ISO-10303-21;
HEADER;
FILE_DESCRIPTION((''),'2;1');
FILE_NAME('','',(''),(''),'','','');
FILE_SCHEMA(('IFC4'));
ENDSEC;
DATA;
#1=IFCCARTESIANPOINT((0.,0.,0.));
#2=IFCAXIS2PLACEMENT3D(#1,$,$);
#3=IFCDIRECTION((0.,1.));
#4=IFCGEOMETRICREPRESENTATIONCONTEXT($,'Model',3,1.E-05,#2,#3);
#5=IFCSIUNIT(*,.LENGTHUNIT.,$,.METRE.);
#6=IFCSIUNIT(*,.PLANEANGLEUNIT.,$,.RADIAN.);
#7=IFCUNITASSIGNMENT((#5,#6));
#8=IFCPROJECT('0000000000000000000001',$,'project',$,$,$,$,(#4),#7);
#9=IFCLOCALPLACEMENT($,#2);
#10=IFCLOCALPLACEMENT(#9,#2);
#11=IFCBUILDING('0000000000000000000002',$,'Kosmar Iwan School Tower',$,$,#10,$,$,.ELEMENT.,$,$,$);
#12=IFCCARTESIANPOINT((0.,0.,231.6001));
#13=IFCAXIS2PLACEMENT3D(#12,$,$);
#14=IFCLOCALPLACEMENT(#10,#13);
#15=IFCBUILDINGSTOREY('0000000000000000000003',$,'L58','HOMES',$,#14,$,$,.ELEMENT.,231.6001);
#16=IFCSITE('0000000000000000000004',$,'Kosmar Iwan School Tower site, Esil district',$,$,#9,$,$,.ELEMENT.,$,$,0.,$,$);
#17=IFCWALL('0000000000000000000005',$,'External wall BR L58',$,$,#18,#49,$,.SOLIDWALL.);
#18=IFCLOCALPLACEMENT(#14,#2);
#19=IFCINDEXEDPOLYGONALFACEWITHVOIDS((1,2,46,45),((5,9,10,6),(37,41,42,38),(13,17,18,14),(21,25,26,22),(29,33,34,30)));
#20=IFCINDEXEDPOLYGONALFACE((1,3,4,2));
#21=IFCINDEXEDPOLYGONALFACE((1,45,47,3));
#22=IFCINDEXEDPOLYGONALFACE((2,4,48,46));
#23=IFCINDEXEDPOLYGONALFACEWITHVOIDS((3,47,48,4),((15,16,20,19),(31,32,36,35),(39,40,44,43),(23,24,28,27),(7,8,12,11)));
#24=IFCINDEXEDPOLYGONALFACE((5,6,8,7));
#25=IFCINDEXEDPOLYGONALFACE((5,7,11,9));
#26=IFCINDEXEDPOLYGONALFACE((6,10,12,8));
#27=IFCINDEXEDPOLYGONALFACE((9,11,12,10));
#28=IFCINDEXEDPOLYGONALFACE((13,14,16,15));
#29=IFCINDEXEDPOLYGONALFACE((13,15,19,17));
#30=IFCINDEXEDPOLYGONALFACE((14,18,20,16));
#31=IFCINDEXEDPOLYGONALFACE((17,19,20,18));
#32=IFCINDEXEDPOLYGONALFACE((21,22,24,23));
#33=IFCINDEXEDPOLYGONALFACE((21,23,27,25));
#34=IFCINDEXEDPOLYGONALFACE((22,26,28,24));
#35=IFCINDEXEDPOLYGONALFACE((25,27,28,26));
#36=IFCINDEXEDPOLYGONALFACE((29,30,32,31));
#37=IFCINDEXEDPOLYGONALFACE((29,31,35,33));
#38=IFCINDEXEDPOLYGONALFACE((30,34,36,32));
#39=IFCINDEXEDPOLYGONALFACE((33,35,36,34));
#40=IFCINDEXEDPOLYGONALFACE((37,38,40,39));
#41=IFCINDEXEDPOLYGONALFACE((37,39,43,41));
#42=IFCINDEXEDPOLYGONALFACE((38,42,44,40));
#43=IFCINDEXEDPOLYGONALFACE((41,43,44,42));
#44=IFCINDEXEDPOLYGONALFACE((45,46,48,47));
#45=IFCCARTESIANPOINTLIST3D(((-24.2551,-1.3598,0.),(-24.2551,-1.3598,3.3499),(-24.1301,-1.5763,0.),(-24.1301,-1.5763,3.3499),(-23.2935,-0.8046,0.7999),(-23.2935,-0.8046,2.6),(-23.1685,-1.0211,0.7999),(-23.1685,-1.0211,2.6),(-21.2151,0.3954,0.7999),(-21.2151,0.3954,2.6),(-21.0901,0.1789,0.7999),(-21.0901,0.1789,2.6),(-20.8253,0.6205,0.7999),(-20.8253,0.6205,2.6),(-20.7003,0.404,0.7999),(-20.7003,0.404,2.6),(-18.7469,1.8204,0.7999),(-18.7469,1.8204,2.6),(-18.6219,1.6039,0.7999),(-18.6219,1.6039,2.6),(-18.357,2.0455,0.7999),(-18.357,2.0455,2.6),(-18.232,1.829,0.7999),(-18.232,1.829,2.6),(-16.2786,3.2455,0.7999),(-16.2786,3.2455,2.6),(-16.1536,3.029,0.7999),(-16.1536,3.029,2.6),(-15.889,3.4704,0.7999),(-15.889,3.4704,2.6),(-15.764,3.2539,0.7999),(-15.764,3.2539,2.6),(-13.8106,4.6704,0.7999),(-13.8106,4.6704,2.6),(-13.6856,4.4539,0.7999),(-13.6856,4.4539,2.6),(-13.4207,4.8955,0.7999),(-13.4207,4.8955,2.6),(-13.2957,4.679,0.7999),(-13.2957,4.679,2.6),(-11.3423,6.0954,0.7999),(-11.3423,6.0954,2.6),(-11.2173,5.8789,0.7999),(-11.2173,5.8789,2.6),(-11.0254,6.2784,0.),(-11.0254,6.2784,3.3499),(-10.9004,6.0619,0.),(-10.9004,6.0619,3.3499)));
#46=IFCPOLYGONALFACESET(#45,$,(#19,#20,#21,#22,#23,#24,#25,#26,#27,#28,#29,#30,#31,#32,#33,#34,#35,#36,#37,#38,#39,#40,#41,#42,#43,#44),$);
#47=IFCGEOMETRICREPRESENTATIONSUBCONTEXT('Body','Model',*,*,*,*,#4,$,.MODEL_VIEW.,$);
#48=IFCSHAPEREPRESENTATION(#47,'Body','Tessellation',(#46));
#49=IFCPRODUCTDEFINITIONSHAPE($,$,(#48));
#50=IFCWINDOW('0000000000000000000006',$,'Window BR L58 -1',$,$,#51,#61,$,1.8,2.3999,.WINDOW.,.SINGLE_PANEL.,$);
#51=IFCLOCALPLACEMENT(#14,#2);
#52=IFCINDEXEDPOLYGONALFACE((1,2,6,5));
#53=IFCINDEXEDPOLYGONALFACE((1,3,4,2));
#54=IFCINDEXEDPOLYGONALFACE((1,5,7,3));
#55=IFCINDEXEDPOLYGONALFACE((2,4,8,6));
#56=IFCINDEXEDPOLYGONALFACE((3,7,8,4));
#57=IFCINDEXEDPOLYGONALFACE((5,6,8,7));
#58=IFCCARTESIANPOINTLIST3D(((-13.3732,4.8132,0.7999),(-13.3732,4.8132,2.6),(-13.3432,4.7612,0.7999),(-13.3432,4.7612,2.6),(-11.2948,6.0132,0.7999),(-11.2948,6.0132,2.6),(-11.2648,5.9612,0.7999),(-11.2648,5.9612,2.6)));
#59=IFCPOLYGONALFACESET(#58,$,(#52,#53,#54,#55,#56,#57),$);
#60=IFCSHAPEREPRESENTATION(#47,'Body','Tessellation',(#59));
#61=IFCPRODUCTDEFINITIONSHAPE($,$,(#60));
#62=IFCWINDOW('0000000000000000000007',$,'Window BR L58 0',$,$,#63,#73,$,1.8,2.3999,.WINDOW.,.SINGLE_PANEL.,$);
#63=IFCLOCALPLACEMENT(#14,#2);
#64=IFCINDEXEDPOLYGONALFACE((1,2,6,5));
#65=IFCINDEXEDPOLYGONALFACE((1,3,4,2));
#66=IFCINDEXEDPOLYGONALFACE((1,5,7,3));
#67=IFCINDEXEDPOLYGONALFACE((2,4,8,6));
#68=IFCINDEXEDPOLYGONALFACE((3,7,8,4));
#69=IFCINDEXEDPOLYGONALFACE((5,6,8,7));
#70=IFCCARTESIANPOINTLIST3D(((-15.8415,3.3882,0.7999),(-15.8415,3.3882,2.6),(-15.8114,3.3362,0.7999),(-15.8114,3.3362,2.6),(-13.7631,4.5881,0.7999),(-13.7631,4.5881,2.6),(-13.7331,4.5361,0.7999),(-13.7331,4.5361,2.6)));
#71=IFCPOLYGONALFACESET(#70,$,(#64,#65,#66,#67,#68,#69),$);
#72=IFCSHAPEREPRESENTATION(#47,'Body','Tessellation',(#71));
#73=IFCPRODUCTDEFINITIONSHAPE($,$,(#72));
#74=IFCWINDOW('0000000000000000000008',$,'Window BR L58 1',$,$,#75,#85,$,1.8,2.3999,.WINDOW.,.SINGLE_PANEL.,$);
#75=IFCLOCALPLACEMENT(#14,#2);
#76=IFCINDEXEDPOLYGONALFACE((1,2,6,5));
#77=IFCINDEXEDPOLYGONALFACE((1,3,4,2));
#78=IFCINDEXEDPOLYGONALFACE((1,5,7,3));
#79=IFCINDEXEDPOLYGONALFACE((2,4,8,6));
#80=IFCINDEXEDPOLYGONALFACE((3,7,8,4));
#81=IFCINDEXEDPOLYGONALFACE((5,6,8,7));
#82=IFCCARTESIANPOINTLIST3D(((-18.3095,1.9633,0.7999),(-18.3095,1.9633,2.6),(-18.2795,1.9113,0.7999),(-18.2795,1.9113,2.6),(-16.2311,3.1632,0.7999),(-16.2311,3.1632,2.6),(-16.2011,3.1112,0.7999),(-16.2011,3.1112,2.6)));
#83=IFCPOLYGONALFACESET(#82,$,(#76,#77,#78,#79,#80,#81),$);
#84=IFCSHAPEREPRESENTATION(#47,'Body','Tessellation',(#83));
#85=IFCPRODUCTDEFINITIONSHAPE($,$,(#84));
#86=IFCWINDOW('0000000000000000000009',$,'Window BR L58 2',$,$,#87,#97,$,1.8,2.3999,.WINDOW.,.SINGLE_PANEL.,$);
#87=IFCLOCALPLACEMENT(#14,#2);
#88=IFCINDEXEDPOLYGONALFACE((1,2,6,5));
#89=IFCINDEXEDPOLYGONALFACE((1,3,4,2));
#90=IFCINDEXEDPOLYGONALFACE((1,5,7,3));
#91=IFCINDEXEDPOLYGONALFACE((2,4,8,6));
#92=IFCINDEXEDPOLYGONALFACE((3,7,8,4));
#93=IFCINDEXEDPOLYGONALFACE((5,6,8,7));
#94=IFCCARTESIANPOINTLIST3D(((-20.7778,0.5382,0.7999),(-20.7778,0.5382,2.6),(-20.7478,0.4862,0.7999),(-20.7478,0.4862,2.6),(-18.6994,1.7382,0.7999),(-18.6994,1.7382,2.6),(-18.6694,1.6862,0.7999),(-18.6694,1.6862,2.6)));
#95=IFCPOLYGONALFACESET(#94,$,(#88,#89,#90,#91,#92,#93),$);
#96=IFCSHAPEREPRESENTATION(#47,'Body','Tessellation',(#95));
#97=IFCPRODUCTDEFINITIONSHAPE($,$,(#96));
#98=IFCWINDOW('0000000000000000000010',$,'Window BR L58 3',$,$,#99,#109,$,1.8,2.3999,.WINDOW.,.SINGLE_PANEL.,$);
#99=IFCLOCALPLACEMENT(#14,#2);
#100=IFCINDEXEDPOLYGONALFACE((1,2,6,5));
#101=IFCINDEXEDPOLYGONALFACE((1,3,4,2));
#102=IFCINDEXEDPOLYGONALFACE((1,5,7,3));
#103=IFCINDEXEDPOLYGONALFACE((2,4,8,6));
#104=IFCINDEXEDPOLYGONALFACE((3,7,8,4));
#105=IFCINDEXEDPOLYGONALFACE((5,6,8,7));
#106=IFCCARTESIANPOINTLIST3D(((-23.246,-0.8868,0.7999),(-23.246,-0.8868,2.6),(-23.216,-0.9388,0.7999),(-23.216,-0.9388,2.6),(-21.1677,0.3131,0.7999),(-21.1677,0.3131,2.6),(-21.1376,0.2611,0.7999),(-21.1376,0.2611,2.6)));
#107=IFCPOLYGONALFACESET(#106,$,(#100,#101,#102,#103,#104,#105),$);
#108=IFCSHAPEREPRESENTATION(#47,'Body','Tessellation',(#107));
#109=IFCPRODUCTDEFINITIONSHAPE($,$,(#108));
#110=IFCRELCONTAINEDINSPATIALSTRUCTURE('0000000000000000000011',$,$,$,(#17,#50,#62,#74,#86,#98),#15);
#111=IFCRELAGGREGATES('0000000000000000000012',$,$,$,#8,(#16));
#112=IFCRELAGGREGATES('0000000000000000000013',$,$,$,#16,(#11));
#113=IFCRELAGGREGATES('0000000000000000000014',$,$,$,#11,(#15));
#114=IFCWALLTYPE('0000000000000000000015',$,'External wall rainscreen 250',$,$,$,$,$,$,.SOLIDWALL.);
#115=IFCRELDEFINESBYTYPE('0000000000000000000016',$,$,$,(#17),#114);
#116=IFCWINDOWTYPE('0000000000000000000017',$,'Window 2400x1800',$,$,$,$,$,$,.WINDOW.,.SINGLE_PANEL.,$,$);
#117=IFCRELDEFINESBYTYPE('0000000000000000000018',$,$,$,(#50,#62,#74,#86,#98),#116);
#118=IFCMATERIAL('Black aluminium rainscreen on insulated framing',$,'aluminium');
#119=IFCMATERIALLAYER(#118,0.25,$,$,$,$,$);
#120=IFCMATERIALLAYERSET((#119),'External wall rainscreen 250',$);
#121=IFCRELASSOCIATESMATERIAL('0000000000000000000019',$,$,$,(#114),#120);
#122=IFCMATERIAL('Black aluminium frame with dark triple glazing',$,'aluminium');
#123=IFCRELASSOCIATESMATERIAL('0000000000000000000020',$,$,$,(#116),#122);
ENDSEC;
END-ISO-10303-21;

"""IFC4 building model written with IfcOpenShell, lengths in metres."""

from ifc_helpers import new_model, si_unit, direction, frame, frame_2d, origin, place, context, subcontext, project, spatial, rectangle, extrude, material, layer, layer_set, type_object, element, fill, save


model = new_model("IFC4")

# Units and contexts
model_context = context("Model", 3, precision=1e-05, world=origin(), true_north=direction((0.0, 1.0)))
body_context = subcontext(model_context, "Body", "Model", "MODEL_VIEW")
ifc_project = project(units=[si_unit("LENGTHUNIT", "METRE"), si_unit("PLANEANGLEUNIT", "RADIAN")], contexts=[model_context])

# Site, building, storey
site_placement = place(None, origin())
site = spatial("IfcSite", under=ifc_project, at=site_placement, Name="Kosmar Iwan School Tower site, Esil district", CompositionType="ELEMENT", RefElevation=0.0)
building_placement = place(site_placement, origin())
building = spatial("IfcBuilding", under=site, at=building_placement, Name="Kosmar Iwan School Tower", CompositionType="ELEMENT")
storey_placement = place(building_placement, frame((0.0, 0.0, 231.6001)))
storey = spatial("IfcBuildingStorey", under=building, at=storey_placement, Name="L58", Description="HOMES", CompositionType="ELEMENT", Elevation=231.6001)

# Wall, openings, windows
ifc_material_1 = material(Name="Black aluminium rainscreen on insulated framing", Category="aluminium")
ifc_layer_1 = layer(ifc_material_1, 0.25)
ifc_layer_set_1 = layer_set([ifc_layer_1], Name="External wall rainscreen 250")
wall_type_1 = type_object("IfcWallType", Name="External wall rainscreen 250", PredefinedType="SOLIDWALL", material=ifc_layer_set_1)
ifc_material_2 = material(Name="Black aluminium frame with dark triple glazing", Category="aluminium")
window_type = type_object("IfcWindowType", Name="Window 2400x1800", PartitioningType="SINGLE_PANEL", PredefinedType="WINDOW", material=ifc_material_2)
wall_1_placement = place(storey_placement, frame((-10.9629, 6.1702, 0.0), z_axis=(0.0, 0.0, 1.0), x_axis=(-0.866026, -0.5, 0.0)))
wall_1 = element("IfcWall", 1, at=wall_1_placement, inside=storey, type_object=wall_type_1, Name="External wall BR L58", PredefinedType="SOLIDWALL", context=body_context, shape_type="SweptSolid", body=[
    extrude(rectangle(XDim=15.2764, YDim=0.25, at=frame_2d((7.6382, 0.0))), origin(), (0.0, 0.0, 1.0), 3.3499),
])
opening_1_placement = place(wall_1_placement, frame((0.366, 0.0, 0.8)))
opening_1 = element("IfcOpeningElement", 2, at=opening_1_placement, cuts=wall_1, PredefinedType="OPENING", context=body_context, shape_type="SweptSolid", body=[
    extrude(rectangle(XDim=2.3999, YDim=1.8, at=frame_2d((1.2, 0.8999))), frame((0.0, 0.137, 0.0), z_axis=(0.0, -1.0, 0.0), x_axis=(1.0, 0.0, 0.0)), (0.0, 0.0, 1.0), 0.2739),
])
opening_2_placement = place(wall_1_placement, frame((3.2161, 0.0, 0.8)))
opening_2 = element("IfcOpeningElement", 3, at=opening_2_placement, cuts=wall_1, PredefinedType="OPENING", context=body_context, shape_type="SweptSolid", body=[
    extrude(rectangle(XDim=2.3999, YDim=1.8, at=frame_2d((1.2, 0.8999))), frame((0.0, 0.137, 0.0), z_axis=(0.0, -1.0, 0.0), x_axis=(1.0, 0.0, 0.0)), (0.0, 0.0, 1.0), 0.2739),
])
opening_3_placement = place(wall_1_placement, frame((6.0659, 0.0, 0.8)))
opening_3 = element("IfcOpeningElement", 4, at=opening_3_placement, cuts=wall_1, PredefinedType="OPENING", context=body_context, shape_type="SweptSolid", body=[
    extrude(rectangle(XDim=2.3999, YDim=1.8, at=frame_2d((1.2, 0.8999))), frame((0.0, 0.137, 0.0), z_axis=(0.0, -1.0, 0.0), x_axis=(1.0, 0.0, 0.0)), (0.0, 0.0, 1.0), 0.2739),
])
opening_4_placement = place(wall_1_placement, frame((8.916, 0.0, 0.8)))
opening_4 = element("IfcOpeningElement", 5, at=opening_4_placement, cuts=wall_1, PredefinedType="OPENING", context=body_context, shape_type="SweptSolid", body=[
    extrude(rectangle(XDim=2.3999, YDim=1.8, at=frame_2d((1.2, 0.8999))), frame((0.0, 0.137, 0.0), z_axis=(0.0, -1.0, 0.0), x_axis=(1.0, 0.0, 0.0)), (0.0, 0.0, 1.0), 0.2739),
])
opening_5_placement = place(wall_1_placement, frame((11.7661, 0.0, 0.8)))
opening_5 = element("IfcOpeningElement", 6, at=opening_5_placement, cuts=wall_1, PredefinedType="OPENING", context=body_context, shape_type="SweptSolid", body=[
    extrude(rectangle(XDim=2.3999, YDim=1.8, at=frame_2d((1.2, 0.8999))), frame((0.0, 0.137, 0.0), z_axis=(0.0, -1.0, 0.0), x_axis=(1.0, 0.0, 0.0)), (0.0, 0.0, 1.0), 0.2739),
])
window_1_placement = place(opening_1_placement, origin())
window_1 = element("IfcWindow", 7, at=window_1_placement, inside=storey, type_object=window_type, Name="Window BR L58 -1", OverallHeight=1.8, OverallWidth=2.3999, PartitioningType="SINGLE_PANEL", PredefinedType="WINDOW", context=body_context, shape_type="SweptSolid", body=[
    extrude(rectangle(XDim=2.3999, YDim=1.8, at=frame_2d((1.2, 0.8999))), frame((0.0, 0.03, 0.0), z_axis=(0.0, -1.0, 0.0), x_axis=(1.0, 0.0, 0.0)), (0.0, 0.0, 1.0), 0.0601),
])
fill(opening_1, window_1)
window_2_placement = place(opening_2_placement, origin())
window_2 = element("IfcWindow", 8, at=window_2_placement, inside=storey, type_object=window_type, Name="Window BR L58 0", OverallHeight=1.8, OverallWidth=2.3999, PartitioningType="SINGLE_PANEL", PredefinedType="WINDOW", context=body_context, shape_type="SweptSolid", body=[
    extrude(rectangle(XDim=2.3999, YDim=1.8, at=frame_2d((1.2, 0.8999))), frame((0.0, 0.03, 0.0), z_axis=(0.0, -1.0, 0.0), x_axis=(1.0, 0.0, 0.0)), (0.0, 0.0, 1.0), 0.0601),
])
fill(opening_2, window_2)
window_3_placement = place(opening_3_placement, origin())
window_3 = element("IfcWindow", 9, at=window_3_placement, inside=storey, type_object=window_type, Name="Window BR L58 1", OverallHeight=1.8, OverallWidth=2.3999, PartitioningType="SINGLE_PANEL", PredefinedType="WINDOW", context=body_context, shape_type="SweptSolid", body=[
    extrude(rectangle(XDim=2.3999, YDim=1.8, at=frame_2d((1.2, 0.8999))), frame((0.0, 0.03, 0.0), z_axis=(0.0, -1.0, 0.0), x_axis=(1.0, 0.0, 0.0)), (0.0, 0.0, 1.0), 0.0601),
])
fill(opening_3, window_3)
window_4_placement = place(opening_4_placement, origin())
window_4 = element("IfcWindow", 10, at=window_4_placement, inside=storey, type_object=window_type, Name="Window BR L58 2", OverallHeight=1.8, OverallWidth=2.3999, PartitioningType="SINGLE_PANEL", PredefinedType="WINDOW", context=body_context, shape_type="SweptSolid", body=[
    extrude(rectangle(XDim=2.3999, YDim=1.8, at=frame_2d((1.2, 0.8999))), frame((0.0, 0.03, 0.0), z_axis=(0.0, -1.0, 0.0), x_axis=(1.0, 0.0, 0.0)), (0.0, 0.0, 1.0), 0.0601),
])
fill(opening_4, window_4)
window_5_placement = place(opening_5_placement, origin())
window_5 = element("IfcWindow", 11, at=window_5_placement, inside=storey, type_object=window_type, Name="Window BR L58 3", OverallHeight=1.8, OverallWidth=2.3999, PartitioningType="SINGLE_PANEL", PredefinedType="WINDOW", context=body_context, shape_type="SweptSolid", body=[
    extrude(rectangle(XDim=2.3999, YDim=1.8, at=frame_2d((1.2, 0.8999))), frame((0.0, 0.03, 0.0), z_axis=(0.0, -1.0, 0.0), x_axis=(1.0, 0.0, 0.0)), (0.0, 0.0, 1.0), 0.0601),
])
fill(opening_5, window_5)

save(model, "model.ifc")
